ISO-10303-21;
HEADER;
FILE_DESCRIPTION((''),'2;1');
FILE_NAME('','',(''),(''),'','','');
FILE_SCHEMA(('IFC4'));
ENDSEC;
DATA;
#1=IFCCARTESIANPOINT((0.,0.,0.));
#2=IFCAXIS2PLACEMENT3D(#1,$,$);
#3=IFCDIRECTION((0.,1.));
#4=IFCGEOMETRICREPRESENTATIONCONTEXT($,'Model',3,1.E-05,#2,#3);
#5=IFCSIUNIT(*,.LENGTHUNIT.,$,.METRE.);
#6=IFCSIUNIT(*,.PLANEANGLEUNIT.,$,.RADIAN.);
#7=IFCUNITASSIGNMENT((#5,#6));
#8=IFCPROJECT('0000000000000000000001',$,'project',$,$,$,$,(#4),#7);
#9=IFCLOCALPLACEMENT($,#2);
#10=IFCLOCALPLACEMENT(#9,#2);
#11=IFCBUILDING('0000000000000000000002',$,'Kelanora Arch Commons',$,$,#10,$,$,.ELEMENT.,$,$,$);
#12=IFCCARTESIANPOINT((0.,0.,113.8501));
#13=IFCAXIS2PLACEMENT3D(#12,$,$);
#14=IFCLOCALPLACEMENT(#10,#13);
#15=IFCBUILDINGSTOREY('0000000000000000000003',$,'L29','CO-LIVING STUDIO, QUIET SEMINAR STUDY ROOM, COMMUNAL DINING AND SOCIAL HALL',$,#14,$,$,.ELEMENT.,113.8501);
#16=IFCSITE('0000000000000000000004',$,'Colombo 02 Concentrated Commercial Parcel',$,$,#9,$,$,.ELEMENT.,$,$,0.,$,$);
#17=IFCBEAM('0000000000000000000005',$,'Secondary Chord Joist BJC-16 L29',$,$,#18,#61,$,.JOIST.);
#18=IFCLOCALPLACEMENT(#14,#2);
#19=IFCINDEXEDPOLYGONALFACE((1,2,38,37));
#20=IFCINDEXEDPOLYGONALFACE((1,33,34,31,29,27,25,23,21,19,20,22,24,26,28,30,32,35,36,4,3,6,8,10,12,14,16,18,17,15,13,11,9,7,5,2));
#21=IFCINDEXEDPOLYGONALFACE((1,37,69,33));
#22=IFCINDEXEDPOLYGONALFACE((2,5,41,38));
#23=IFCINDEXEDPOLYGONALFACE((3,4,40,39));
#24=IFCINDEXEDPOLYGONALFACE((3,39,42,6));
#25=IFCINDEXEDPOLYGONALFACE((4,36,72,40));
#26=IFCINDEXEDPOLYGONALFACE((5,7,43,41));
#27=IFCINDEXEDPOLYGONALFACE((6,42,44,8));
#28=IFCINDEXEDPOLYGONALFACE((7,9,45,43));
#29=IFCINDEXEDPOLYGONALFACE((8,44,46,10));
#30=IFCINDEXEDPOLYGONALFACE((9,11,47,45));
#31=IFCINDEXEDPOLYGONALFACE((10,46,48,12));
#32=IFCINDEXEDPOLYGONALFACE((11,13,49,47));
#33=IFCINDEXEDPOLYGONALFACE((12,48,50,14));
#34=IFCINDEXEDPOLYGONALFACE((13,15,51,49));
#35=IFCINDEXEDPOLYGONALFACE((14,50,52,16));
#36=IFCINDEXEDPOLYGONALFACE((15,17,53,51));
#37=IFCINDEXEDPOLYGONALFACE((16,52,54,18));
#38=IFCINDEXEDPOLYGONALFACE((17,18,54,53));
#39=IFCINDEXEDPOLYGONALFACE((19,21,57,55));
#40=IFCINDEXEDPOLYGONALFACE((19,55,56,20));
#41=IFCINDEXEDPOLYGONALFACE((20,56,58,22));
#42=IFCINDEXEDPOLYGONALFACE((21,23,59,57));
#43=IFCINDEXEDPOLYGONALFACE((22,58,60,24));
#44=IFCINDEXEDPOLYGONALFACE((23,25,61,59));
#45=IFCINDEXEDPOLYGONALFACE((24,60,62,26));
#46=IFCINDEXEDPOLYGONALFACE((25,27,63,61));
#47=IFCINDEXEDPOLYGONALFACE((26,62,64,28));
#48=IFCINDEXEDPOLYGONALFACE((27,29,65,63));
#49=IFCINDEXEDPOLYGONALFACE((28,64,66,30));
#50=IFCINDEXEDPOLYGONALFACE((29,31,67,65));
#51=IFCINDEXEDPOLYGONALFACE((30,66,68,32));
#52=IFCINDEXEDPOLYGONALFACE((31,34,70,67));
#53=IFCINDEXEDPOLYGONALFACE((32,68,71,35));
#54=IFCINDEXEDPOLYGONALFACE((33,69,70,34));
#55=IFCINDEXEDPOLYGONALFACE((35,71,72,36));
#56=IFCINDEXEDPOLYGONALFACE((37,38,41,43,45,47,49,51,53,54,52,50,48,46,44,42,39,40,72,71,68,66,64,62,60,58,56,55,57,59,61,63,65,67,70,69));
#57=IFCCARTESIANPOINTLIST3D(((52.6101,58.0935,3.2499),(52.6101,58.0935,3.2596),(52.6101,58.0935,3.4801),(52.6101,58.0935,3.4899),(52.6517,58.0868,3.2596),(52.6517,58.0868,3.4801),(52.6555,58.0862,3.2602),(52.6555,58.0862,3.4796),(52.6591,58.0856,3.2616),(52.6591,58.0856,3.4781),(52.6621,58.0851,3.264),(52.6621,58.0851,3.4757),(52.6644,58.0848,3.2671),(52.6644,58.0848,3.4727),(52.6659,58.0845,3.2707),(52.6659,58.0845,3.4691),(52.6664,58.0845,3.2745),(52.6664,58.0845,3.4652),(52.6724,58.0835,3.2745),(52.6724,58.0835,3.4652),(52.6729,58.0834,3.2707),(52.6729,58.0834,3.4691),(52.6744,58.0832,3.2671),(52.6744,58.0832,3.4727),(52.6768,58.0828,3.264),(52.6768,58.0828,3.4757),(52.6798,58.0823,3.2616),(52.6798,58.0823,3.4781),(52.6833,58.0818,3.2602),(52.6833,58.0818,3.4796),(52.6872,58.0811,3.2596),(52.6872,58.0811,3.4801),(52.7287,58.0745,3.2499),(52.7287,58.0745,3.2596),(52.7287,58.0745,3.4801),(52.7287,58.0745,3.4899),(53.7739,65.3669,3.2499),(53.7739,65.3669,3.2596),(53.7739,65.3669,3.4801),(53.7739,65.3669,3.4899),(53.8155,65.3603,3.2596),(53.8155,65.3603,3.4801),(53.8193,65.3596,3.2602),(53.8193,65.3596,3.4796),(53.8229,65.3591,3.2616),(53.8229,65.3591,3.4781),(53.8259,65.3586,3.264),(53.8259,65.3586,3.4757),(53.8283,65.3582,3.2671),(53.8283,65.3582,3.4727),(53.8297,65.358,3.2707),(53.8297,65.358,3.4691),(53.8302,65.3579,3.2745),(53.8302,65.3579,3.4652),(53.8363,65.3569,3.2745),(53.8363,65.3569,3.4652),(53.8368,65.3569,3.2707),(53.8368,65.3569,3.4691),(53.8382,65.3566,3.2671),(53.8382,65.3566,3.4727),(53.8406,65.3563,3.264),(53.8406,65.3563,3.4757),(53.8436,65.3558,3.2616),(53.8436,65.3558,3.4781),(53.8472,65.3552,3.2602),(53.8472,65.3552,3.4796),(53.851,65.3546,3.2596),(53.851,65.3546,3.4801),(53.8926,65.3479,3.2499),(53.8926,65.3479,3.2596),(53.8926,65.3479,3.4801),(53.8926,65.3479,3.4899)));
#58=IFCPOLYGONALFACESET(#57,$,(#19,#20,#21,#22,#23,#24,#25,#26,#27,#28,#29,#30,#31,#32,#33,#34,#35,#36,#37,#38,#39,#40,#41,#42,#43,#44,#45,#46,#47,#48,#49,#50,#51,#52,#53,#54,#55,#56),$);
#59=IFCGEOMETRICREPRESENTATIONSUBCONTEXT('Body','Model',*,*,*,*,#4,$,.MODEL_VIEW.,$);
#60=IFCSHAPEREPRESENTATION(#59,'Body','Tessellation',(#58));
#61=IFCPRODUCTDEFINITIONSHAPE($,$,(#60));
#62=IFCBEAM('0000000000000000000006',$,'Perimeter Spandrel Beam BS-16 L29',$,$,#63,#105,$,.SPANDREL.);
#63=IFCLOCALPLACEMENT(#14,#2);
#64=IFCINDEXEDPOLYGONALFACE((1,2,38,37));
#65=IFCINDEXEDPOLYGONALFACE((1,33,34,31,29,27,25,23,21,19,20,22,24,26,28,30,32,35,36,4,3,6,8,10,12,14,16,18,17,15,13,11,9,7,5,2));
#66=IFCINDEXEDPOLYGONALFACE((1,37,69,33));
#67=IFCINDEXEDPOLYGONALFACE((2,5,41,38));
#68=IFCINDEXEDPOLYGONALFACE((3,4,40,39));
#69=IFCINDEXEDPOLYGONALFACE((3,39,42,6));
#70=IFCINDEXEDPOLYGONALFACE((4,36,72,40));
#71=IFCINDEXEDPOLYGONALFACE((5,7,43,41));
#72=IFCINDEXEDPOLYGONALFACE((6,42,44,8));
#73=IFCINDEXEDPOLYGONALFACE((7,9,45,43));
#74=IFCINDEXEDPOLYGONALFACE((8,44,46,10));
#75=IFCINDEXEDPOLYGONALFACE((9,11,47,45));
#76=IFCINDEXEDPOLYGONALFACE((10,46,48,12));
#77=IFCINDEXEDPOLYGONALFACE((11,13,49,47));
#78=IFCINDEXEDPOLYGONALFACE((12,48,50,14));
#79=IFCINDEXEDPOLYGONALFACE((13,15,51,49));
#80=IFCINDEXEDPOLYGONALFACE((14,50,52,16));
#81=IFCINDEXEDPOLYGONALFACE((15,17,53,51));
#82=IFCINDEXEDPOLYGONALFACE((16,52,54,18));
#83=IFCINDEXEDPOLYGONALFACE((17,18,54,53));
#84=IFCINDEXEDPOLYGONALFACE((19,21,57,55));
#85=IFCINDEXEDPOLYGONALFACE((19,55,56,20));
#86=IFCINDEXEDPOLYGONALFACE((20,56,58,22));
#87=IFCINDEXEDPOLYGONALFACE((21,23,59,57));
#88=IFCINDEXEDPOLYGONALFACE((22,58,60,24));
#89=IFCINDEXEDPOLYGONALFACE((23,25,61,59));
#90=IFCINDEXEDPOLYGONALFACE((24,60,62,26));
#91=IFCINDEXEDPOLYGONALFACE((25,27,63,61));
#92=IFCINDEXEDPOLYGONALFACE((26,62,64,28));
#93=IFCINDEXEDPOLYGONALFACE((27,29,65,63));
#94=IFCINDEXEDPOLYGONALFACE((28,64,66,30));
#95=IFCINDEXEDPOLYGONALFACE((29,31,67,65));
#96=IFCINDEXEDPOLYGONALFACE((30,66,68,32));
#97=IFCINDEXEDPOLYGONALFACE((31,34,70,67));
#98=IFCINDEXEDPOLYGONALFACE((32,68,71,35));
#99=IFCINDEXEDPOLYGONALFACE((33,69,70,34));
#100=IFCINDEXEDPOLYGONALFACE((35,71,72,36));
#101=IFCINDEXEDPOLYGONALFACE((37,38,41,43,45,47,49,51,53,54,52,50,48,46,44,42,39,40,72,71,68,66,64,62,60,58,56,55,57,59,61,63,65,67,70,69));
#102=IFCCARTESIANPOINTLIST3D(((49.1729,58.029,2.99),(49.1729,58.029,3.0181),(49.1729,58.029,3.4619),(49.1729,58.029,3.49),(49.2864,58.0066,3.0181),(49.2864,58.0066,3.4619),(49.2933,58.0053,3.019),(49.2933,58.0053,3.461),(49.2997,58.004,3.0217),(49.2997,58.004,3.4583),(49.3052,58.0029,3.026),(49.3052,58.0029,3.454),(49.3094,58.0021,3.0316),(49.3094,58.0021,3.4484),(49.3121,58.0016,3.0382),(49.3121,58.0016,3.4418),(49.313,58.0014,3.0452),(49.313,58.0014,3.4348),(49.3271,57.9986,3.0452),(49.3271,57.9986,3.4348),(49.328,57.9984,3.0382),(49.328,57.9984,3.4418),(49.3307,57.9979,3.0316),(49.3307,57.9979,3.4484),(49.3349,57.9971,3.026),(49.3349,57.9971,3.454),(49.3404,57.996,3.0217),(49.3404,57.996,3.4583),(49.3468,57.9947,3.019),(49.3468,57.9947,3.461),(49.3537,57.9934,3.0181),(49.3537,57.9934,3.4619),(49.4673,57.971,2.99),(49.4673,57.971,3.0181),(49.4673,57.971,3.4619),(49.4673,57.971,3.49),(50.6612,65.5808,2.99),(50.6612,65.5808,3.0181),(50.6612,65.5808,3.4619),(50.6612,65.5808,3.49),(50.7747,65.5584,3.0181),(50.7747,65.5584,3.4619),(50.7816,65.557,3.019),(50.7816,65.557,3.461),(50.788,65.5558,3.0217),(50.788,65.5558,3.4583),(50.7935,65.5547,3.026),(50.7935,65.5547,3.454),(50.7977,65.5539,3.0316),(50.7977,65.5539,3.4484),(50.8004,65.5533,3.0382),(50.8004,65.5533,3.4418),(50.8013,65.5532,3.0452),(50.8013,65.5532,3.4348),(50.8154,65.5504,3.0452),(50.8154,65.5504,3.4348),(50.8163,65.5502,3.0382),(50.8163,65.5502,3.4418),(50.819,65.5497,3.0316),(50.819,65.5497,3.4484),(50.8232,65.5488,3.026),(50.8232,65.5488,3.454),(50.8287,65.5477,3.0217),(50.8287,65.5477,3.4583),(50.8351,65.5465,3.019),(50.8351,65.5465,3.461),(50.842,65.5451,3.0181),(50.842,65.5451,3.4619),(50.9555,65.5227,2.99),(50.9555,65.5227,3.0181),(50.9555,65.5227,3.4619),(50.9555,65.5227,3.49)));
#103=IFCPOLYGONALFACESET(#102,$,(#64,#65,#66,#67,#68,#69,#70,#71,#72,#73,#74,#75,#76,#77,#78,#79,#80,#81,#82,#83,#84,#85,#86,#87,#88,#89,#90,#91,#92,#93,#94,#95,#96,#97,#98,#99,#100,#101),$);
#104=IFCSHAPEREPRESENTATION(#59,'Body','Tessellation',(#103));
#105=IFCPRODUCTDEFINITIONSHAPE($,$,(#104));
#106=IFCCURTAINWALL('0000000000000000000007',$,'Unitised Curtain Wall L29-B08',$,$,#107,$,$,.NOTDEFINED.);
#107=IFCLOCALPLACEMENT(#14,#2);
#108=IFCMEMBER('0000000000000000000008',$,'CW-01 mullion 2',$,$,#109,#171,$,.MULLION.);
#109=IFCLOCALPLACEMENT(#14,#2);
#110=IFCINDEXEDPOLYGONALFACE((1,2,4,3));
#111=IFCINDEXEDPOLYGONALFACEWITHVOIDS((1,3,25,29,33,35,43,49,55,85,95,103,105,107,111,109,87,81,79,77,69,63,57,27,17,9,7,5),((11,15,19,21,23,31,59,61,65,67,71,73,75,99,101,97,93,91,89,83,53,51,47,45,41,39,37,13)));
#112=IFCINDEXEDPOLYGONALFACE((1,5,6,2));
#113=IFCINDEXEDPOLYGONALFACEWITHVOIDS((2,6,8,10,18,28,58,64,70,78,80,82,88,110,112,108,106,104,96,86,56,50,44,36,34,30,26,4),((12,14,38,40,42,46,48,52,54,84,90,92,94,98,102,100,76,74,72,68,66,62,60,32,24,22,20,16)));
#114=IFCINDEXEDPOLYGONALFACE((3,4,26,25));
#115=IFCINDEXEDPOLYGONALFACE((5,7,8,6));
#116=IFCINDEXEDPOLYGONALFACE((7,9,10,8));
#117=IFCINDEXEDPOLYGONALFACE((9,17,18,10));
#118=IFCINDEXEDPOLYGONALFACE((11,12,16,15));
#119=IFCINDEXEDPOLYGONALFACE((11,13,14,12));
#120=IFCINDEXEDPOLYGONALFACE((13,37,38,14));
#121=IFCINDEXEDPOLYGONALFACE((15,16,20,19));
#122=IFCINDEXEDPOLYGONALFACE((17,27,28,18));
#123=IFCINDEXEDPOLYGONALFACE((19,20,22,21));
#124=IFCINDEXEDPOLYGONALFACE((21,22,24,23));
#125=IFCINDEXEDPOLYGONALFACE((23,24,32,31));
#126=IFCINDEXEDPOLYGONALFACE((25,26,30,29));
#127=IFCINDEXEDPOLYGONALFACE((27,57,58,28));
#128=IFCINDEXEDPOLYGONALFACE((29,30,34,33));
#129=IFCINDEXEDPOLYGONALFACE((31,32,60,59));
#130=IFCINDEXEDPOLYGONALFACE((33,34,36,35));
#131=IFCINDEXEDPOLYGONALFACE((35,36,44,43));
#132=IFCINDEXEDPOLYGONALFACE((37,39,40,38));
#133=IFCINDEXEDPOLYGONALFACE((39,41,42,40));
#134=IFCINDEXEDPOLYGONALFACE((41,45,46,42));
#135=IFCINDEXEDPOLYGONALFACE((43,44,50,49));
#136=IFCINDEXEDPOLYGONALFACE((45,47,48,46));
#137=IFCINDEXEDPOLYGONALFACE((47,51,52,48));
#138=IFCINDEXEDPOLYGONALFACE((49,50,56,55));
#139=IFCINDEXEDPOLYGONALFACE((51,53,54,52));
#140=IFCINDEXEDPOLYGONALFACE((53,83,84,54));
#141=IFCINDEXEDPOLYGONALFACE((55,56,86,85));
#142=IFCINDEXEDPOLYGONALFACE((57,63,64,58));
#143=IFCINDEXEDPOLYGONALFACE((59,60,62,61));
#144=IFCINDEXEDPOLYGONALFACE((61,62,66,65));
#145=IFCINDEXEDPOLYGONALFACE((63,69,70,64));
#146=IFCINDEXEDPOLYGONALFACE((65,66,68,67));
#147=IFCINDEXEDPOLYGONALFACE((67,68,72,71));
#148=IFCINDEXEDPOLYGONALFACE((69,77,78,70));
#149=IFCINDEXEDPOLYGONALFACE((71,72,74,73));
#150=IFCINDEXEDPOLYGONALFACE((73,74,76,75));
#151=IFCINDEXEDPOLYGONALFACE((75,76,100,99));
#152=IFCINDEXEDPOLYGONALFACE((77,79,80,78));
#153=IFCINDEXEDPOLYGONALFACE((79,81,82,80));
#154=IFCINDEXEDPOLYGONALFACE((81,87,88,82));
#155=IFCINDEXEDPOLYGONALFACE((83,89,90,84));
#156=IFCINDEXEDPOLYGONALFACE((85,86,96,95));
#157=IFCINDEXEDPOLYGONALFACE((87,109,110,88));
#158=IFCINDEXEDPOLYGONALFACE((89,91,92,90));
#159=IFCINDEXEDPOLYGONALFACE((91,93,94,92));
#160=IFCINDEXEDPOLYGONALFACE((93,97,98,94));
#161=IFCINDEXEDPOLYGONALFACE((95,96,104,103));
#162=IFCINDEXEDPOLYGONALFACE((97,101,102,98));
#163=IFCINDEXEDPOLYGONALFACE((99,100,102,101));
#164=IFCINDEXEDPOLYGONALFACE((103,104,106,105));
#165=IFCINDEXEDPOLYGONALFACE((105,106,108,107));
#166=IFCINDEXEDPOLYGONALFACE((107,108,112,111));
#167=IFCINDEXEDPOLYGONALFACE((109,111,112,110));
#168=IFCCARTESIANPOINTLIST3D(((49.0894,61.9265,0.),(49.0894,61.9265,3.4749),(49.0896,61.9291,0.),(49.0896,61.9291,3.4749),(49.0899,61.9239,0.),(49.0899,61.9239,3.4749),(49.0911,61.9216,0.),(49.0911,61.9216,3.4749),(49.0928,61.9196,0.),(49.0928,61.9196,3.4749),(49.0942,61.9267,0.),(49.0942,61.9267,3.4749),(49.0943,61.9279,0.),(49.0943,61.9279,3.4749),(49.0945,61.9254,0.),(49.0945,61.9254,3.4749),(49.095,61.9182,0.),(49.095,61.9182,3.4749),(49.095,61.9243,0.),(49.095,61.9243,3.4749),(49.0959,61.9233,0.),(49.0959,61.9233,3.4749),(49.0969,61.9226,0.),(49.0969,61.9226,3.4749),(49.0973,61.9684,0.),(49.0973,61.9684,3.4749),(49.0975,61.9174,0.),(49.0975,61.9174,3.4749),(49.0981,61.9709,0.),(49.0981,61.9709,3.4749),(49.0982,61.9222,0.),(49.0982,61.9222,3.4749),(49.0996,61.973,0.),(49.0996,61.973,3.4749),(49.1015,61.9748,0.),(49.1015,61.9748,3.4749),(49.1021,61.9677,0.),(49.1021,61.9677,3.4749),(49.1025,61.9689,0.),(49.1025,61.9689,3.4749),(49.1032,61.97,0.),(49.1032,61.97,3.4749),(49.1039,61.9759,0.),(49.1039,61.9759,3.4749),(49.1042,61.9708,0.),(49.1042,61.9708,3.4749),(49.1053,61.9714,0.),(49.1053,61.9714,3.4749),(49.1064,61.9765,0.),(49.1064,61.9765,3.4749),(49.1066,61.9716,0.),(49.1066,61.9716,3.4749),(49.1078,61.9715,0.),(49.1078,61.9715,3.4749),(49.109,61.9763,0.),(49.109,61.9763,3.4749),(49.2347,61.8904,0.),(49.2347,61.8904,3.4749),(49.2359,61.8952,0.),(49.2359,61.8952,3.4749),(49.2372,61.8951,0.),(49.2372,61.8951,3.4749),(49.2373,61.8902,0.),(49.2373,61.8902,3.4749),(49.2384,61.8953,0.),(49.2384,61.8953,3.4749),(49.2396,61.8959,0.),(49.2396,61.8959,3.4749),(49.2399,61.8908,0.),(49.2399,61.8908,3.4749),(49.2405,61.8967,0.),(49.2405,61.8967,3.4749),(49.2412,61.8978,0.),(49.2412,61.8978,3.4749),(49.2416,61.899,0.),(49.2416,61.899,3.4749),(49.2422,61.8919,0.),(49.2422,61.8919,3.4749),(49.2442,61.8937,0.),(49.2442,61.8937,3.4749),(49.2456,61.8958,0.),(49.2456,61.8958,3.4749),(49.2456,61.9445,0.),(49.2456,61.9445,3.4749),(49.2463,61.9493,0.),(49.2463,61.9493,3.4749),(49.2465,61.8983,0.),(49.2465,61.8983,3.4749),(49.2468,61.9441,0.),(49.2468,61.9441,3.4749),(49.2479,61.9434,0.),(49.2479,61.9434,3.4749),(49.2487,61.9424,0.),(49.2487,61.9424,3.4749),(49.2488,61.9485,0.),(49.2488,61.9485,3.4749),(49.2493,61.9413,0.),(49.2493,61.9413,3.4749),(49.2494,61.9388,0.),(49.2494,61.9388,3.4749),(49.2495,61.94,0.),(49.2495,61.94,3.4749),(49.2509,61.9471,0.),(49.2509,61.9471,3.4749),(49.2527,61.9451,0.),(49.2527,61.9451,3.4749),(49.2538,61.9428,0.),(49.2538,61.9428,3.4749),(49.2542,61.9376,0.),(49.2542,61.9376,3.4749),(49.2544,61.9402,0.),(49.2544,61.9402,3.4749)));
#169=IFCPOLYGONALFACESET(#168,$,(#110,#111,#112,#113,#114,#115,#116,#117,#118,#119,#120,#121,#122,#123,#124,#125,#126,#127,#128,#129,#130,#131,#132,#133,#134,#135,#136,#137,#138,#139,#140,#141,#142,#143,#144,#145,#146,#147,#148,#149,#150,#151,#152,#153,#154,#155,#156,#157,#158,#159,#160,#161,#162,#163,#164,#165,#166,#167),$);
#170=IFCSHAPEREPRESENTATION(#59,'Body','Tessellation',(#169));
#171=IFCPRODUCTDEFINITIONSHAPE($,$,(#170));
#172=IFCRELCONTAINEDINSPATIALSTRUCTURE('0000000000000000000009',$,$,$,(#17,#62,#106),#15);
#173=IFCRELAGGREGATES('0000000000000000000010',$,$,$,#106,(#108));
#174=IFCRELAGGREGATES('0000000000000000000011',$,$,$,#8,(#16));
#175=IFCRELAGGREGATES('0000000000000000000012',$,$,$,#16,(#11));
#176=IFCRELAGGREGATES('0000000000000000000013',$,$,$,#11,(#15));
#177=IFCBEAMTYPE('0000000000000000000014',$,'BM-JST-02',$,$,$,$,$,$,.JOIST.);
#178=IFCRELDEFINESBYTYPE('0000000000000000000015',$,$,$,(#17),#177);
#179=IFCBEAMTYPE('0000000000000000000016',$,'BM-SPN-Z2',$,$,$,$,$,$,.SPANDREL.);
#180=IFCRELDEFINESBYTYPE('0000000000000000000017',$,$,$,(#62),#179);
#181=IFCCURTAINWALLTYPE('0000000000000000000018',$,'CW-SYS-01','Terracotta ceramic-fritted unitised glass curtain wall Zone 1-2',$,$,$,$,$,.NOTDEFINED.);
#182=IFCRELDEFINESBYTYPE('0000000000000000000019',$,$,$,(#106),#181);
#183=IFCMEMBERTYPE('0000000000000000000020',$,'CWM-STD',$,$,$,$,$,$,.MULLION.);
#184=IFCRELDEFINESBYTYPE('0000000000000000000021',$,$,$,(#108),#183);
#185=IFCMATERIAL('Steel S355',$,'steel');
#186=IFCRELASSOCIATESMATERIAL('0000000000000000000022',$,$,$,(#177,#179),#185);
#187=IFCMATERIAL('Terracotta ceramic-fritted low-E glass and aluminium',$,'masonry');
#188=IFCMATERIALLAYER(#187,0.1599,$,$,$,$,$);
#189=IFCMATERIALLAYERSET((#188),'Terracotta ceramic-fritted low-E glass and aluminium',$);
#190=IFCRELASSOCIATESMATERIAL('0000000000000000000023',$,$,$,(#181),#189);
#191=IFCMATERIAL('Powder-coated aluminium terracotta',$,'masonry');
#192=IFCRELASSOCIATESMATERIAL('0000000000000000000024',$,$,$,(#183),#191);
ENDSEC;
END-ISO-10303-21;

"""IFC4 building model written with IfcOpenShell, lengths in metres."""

from ifc_helpers import new_model, si_unit, direction, frame, origin, origin_2d, place, context, subcontext, project, spatial, hollow_rectangle, i_section, extrude, material, layer, layer_set, material_profile, profile_set, type_object, element, aggregate, save


model = new_model("IFC4")

# Units and contexts
model_context = context("Model", 3, precision=1e-05, world=origin(), true_north=direction((0.0, 1.0)))
body_context = subcontext(model_context, "Body", "Model", "MODEL_VIEW")
ifc_project = project(units=[si_unit("LENGTHUNIT", "METRE"), si_unit("PLANEANGLEUNIT", "RADIAN")], contexts=[model_context])

# Site, building, storey
site_placement = place(None, origin())
site = spatial("IfcSite", under=ifc_project, at=site_placement, Name="Colombo 02 Concentrated Commercial Parcel", CompositionType="ELEMENT", RefElevation=0.0)
building_placement = place(site_placement, origin())
building = spatial("IfcBuilding", under=site, at=building_placement, Name="Kelanora Arch Commons", CompositionType="ELEMENT")
storey_placement = place(building_placement, frame((0.0, 0.0, 113.8501)))
storey = spatial("IfcBuildingStorey", under=building, at=storey_placement, Name="L29", Description="CO-LIVING STUDIO, QUIET SEMINAR STUDY ROOM, COMMUNAL DINING AND SOCIAL HALL", CompositionType="ELEMENT", Elevation=113.8501)

# Beams
ifc_material_1 = material(Name="Steel S355", Category="steel")
ifc_material_profile_1 = material_profile(ifc_material_1, i_section(OverallWidth=0.1201, OverallDepth=0.24, WebThickness=0.0061, FlangeThickness=0.0098, FilletRadius=0.0149, at=origin_2d()), Name="IPE240")
ifc_profile_set_1 = profile_set([ifc_material_profile_1], Name="Steel S355")
beam_type_1 = type_object("IfcBeamType", Name="BM-JST-02", PredefinedType="JOIST", material=ifc_profile_set_1)
beam_1_placement = place(storey_placement, frame((53.8333, 65.3574, 3.3699), z_axis=(-0.158, -0.987439, 0.0), x_axis=(0.987439, -0.158, 0.0)))
element("IfcBeam", 1, at=beam_1_placement, inside=storey, type_object=beam_type_1, Name="Secondary Chord Joist BJC-16 L29", PredefinedType="JOIST", context=body_context, shape_type="SweptSolid", body=[
    extrude(i_section(OverallWidth=0.1201, OverallDepth=0.24, WebThickness=0.0061, FlangeThickness=0.0098, FilletRadius=0.0149, at=origin_2d()), origin(), (0.0, 0.0, 1.0), 7.366),
])
ifc_material_profile_2 = material_profile(ifc_material_1, i_section(OverallWidth=0.3, OverallDepth=0.5, WebThickness=0.0144, FlangeThickness=0.0281, FilletRadius=0.0271, at=origin_2d()), Name="HEB500")
ifc_profile_set_2 = profile_set([ifc_material_profile_2], Name="Steel S355")
beam_type_2 = type_object("IfcBeamType", Name="BM-SPN-Z2", PredefinedType="SPANDREL", material=ifc_profile_set_2)
beam_2_placement = place(storey_placement, frame((50.8083, 65.5518, 3.24), z_axis=(-0.193358, -0.981128, 0.0), x_axis=(0.981128, -0.193358, 0.0)))
element("IfcBeam", 2, at=beam_2_placement, inside=storey, type_object=beam_type_2, Name="Perimeter Spandrel Beam BS-16 L29", PredefinedType="SPANDREL", context=body_context, shape_type="SweptSolid", body=[
    extrude(i_section(OverallWidth=0.3, OverallDepth=0.5, WebThickness=0.0144, FlangeThickness=0.0281, FilletRadius=0.0271, at=origin_2d()), origin(), (0.0, 0.0, 1.0), 7.697),
])

# Curtain wall, member
ifc_material_2 = material(Name="Terracotta ceramic-fritted low-E glass and aluminium", Category="masonry")
ifc_layer_1 = layer(ifc_material_2, 0.1599)
ifc_layer_set_1 = layer_set([ifc_layer_1], Name="Terracotta ceramic-fritted low-E glass and aluminium")
curtain_wall_type = type_object("IfcCurtainWallType", Name="CW-SYS-01", Description="Terracotta ceramic-fritted unitised glass curtain wall Zone 1-2", PredefinedType="NOTDEFINED", material=ifc_layer_set_1)
curtain_wall_placement = place(storey_placement, origin())
curtain_wall = element("IfcCurtainWall", 3, at=curtain_wall_placement, inside=storey, type_object=curtain_wall_type, Name="Unitised Curtain Wall L29-B08", PredefinedType="NOTDEFINED")
ifc_material_3 = material(Name="Powder-coated aluminium terracotta", Category="masonry")
ifc_material_profile_3 = material_profile(ifc_material_3, hollow_rectangle(XDim=0.1599, YDim=0.0601, WallThickness=0.0049, InnerFilletRadius=0.0049, OuterFilletRadius=0.01, at=origin_2d()), Name="CWM160x60")
ifc_profile_set_3 = profile_set([ifc_material_profile_3], Name="Powder-coated aluminium terracotta")
member_type_1 = type_object("IfcMemberType", Name="CWM-STD", PredefinedType="MULLION", material=ifc_profile_set_3)
member_1_placement = place(storey_placement, frame((49.1719, 61.9333, 0.0), z_axis=(0.0, 0.0, 1.0), x_axis=(0.98128, -0.192585, 0.0)))
member_1 = element("IfcMember", 4, at=member_1_placement, type_object=member_type_1, Name="CW-01 mullion 2", PredefinedType="MULLION", context=body_context, shape_type="SweptSolid", body=[
    extrude(hollow_rectangle(XDim=0.1599, YDim=0.0601, WallThickness=0.0049, InnerFilletRadius=0.0049, OuterFilletRadius=0.01, at=origin_2d()), origin(), (0.0, 0.0, 1.0), 3.4749),
])
aggregate(curtain_wall, [member_1])

save(model, "model.ifc")
